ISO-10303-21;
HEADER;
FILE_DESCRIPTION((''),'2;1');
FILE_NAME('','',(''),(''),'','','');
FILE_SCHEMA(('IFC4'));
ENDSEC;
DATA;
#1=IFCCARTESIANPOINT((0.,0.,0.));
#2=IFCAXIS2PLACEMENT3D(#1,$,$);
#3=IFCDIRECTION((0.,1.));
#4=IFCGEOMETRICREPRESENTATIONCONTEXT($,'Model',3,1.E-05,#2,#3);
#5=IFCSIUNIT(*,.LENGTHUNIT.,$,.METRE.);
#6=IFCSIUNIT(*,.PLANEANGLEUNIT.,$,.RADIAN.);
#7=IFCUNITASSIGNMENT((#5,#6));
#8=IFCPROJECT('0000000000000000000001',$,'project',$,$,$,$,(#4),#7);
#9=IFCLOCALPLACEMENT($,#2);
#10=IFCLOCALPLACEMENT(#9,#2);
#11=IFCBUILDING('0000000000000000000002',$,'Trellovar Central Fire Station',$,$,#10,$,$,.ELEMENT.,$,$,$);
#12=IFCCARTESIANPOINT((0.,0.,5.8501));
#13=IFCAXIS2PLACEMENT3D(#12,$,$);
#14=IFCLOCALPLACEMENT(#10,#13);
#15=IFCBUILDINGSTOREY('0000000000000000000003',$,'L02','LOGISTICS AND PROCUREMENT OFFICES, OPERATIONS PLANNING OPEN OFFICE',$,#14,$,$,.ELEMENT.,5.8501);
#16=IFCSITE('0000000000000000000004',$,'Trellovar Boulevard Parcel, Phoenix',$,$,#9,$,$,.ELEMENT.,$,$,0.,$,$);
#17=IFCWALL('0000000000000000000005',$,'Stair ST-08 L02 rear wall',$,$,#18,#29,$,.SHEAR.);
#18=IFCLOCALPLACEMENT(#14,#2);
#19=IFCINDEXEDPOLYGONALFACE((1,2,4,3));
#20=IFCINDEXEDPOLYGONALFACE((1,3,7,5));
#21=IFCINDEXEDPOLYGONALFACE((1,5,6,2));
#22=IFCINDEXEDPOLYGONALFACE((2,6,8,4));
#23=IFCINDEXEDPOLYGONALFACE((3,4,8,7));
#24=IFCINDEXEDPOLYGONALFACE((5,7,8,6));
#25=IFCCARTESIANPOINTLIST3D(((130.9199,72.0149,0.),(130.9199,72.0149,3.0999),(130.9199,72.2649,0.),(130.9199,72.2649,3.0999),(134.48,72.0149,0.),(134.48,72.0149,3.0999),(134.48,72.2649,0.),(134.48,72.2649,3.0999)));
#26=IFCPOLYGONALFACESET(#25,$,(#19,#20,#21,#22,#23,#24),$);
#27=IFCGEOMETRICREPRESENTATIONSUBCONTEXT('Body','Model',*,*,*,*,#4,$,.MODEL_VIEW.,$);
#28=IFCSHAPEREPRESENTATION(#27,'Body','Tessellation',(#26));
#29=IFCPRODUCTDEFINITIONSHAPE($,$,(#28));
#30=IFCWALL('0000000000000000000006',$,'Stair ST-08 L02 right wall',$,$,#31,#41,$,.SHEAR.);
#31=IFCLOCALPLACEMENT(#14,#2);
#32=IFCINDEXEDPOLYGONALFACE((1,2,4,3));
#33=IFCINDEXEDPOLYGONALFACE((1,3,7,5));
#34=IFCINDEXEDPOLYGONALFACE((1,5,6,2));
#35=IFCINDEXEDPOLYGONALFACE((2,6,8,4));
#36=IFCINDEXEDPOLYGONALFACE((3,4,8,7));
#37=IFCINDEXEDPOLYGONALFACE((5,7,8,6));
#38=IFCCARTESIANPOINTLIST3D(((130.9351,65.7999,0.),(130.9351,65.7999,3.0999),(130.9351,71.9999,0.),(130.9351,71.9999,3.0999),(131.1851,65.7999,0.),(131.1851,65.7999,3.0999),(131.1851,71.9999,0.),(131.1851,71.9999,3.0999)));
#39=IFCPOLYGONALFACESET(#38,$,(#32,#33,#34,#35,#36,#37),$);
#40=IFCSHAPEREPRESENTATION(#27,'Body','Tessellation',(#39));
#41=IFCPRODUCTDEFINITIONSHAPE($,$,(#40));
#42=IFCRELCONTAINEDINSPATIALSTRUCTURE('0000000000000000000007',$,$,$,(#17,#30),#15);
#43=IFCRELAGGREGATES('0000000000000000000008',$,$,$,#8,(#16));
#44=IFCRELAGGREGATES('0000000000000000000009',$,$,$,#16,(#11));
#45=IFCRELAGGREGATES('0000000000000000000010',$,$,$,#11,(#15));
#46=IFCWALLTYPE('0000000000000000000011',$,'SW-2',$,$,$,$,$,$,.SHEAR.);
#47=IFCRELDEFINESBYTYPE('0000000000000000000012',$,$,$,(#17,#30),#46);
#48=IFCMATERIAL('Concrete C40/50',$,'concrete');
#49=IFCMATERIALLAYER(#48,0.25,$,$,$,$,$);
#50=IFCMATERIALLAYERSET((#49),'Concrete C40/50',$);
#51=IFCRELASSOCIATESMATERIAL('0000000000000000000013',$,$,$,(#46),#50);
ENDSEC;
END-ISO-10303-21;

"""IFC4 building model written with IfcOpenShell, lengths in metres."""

from ifc_helpers import new_model, si_unit, direction, frame, frame_2d, origin, place, context, subcontext, project, spatial, rectangle, extrude, material, layer, layer_set, type_object, element, save


model = new_model("IFC4")

# Units and contexts
model_context = context("Model", 3, precision=1e-05, world=origin(), true_north=direction((0.0, 1.0)))
body_context = subcontext(model_context, "Body", "Model", "MODEL_VIEW")
ifc_project = project(units=[si_unit("LENGTHUNIT", "METRE"), si_unit("PLANEANGLEUNIT", "RADIAN")], contexts=[model_context])

# Site, building, storey
site_placement = place(None, origin())
site = spatial("IfcSite", under=ifc_project, at=site_placement, Name="Trellovar Boulevard Parcel, Phoenix", CompositionType="ELEMENT", RefElevation=0.0)
building_placement = place(site_placement, origin())
building = spatial("IfcBuilding", under=site, at=building_placement, Name="Trellovar Central Fire Station", CompositionType="ELEMENT")
storey_placement = place(building_placement, frame((0.0, 0.0, 5.8501)))
storey = spatial("IfcBuildingStorey", under=building, at=storey_placement, Name="L02", Description="LOGISTICS AND PROCUREMENT OFFICES, OPERATIONS PLANNING OPEN OFFICE", CompositionType="ELEMENT", Elevation=5.8501)

# Walls
ifc_material_1 = material(Name="Concrete C40/50", Category="concrete")
ifc_layer_1 = layer(ifc_material_1, 0.25)
ifc_layer_set_1 = layer_set([ifc_layer_1], Name="Concrete C40/50")
wall_type_1 = type_object("IfcWallType", Name="SW-2", PredefinedType="SHEAR", material=ifc_layer_set_1)
wall_1_placement = place(storey_placement, frame((130.9199, 72.1399, 0.0), z_axis=(0.0, 0.0, 1.0), x_axis=(1.0, 0.0, 0.0)))
element("IfcWall", 1, at=wall_1_placement, inside=storey, type_object=wall_type_1, Name="Stair ST-08 L02 rear wall", PredefinedType="SHEAR", context=body_context, shape_type="SweptSolid", body=[
    extrude(rectangle(XDim=3.5601, YDim=0.25, at=frame_2d((1.78, 0.0))), origin(), (0.0, 0.0, 1.0), 3.0999),
])
wall_2_placement = place(storey_placement, frame((131.0601, 72.0, 0.0), z_axis=(0.0, 0.0, 1.0), x_axis=(0.0, -1.0, 0.0)))
element("IfcWall", 2, at=wall_2_placement, inside=storey, type_object=wall_type_1, Name="Stair ST-08 L02 right wall", PredefinedType="SHEAR", context=body_context, shape_type="SweptSolid", body=[
    extrude(rectangle(XDim=6.2, YDim=0.25, at=frame_2d((3.1001, 0.0))), origin(), (0.0, 0.0, 1.0), 3.0999),
])

save(model, "model.ifc")
